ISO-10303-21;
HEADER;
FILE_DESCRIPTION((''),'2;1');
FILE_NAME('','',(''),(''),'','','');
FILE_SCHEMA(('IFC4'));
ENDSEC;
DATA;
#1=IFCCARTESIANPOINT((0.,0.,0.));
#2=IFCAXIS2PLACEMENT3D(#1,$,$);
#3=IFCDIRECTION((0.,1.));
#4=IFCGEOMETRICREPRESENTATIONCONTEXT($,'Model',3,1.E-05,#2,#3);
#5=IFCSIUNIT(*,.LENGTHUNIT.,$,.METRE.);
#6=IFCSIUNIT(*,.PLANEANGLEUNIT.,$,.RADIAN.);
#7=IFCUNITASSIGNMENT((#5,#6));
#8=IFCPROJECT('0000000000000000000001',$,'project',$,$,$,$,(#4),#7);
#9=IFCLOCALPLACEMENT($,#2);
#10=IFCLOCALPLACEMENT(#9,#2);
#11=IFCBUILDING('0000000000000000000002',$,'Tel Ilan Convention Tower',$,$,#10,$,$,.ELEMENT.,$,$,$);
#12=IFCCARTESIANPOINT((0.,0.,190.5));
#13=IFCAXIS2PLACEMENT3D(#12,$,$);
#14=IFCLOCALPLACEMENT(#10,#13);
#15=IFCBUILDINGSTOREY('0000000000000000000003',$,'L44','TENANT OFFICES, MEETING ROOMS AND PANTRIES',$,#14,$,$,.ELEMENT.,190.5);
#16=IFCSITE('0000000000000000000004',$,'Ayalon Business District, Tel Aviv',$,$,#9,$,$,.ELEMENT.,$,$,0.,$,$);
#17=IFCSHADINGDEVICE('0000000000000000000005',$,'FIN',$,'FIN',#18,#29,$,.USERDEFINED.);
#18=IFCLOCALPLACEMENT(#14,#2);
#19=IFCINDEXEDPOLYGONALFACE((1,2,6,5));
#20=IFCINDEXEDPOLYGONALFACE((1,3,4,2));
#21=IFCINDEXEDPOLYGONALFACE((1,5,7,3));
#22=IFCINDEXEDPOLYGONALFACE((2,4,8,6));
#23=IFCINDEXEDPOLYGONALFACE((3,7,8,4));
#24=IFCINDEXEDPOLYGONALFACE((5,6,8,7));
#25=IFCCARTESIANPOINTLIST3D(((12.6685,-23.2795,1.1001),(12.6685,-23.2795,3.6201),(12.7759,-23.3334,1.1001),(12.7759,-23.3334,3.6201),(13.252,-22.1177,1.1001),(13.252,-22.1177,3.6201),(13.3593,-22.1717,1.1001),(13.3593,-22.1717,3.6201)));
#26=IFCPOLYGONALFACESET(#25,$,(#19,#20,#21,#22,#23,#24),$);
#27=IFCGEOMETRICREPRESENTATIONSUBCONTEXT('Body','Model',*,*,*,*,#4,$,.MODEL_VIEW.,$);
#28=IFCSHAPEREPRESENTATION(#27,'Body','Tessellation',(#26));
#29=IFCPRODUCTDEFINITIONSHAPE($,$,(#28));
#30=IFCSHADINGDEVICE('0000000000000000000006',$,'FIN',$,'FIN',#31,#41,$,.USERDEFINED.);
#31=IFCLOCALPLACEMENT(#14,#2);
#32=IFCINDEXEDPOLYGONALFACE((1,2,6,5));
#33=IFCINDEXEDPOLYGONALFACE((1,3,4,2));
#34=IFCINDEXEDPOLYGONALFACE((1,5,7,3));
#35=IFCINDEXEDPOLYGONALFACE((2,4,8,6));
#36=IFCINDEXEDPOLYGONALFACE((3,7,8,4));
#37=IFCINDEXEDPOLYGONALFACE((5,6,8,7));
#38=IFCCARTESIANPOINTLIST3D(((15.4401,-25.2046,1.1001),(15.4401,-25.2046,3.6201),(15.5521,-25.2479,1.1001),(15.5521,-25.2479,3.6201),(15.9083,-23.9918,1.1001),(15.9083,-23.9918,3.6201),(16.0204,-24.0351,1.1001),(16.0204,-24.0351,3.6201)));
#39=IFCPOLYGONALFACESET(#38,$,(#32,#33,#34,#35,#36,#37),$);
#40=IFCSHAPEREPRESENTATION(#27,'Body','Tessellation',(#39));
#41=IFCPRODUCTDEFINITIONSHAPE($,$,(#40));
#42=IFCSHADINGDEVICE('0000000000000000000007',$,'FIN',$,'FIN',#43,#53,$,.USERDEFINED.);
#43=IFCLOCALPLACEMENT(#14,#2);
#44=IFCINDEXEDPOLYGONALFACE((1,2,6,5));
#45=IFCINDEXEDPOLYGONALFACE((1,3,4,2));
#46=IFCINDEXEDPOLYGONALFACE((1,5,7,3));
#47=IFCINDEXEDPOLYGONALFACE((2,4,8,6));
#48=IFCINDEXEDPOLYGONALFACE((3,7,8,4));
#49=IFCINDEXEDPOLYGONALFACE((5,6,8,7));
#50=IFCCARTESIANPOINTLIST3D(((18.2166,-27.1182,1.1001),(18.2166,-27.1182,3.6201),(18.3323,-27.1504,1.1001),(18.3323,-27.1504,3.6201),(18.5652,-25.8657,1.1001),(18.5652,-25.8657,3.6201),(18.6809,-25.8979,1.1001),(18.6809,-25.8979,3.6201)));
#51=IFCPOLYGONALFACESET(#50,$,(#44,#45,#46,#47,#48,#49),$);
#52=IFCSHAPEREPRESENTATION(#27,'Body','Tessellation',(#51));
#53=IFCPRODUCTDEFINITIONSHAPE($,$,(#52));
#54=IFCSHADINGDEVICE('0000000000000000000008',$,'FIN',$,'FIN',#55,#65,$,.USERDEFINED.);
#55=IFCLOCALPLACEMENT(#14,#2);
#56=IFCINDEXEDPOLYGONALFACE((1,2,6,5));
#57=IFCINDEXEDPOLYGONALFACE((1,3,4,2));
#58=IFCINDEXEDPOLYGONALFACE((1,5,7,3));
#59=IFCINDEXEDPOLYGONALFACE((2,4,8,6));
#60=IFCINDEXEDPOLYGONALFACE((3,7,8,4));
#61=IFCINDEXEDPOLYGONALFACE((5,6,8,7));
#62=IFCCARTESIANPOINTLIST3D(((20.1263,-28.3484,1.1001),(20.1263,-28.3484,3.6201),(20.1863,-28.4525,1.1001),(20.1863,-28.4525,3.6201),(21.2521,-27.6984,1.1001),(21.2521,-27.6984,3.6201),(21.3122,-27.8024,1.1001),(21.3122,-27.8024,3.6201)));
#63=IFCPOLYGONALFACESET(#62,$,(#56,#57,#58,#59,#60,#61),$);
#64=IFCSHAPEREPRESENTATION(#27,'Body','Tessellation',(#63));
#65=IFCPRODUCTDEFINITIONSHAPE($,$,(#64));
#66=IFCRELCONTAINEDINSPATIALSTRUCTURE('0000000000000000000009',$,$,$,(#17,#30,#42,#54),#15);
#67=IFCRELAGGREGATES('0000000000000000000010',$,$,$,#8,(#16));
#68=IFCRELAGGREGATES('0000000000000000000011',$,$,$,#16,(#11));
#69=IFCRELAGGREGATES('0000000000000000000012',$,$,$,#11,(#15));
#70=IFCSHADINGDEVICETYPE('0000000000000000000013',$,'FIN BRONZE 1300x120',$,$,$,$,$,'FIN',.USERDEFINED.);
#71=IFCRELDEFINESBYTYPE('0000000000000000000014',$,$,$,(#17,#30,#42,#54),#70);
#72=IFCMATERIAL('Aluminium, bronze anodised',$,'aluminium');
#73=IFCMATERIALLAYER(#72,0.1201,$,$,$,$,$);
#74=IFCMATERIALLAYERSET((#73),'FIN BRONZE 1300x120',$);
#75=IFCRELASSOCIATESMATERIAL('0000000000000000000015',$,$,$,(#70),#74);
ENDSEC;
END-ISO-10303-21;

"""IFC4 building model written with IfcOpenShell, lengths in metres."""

from ifc_helpers import new_model, si_unit, direction, frame, origin, origin_2d, place, context, subcontext, project, spatial, rectangle, extrude, material, layer, layer_set, type_object, element, save


model = new_model("IFC4")

# Units and contexts
model_context = context("Model", 3, precision=1e-05, world=origin(), true_north=direction((0.0, 1.0)))
body_context = subcontext(model_context, "Body", "Model", "MODEL_VIEW")
ifc_project = project(units=[si_unit("LENGTHUNIT", "METRE"), si_unit("PLANEANGLEUNIT", "RADIAN")], contexts=[model_context])

# Site, building, storey
site_placement = place(None, origin())
site = spatial("IfcSite", under=ifc_project, at=site_placement, Name="Ayalon Business District, Tel Aviv", CompositionType="ELEMENT", RefElevation=0.0)
building_placement = place(site_placement, origin())
building = spatial("IfcBuilding", under=site, at=building_placement, Name="Tel Ilan Convention Tower", CompositionType="ELEMENT")
storey_placement = place(building_placement, frame((0.0, 0.0, 190.5)))
storey = spatial("IfcBuildingStorey", under=building, at=storey_placement, Name="L44", Description="TENANT OFFICES, MEETING ROOMS AND PANTRIES", CompositionType="ELEMENT", Elevation=190.5)

# Shading devices
ifc_material_1 = material(Name="Aluminium, bronze anodised", Category="aluminium")
ifc_layer_1 = layer(ifc_material_1, 0.1201)
ifc_layer_set_1 = layer_set([ifc_layer_1], Name="FIN BRONZE 1300x120")
shading_device_type = type_object("IfcShadingDeviceType", Name="FIN BRONZE 1300x120", ElementType="FIN", PredefinedType="USERDEFINED", material=ifc_layer_set_1)
for number, where, z_axis, x_axis, name in (
    (1, (13.0139, -22.7256, 1.1001), (0.0, 0.0, 1.0), (-0.448799, -0.893633, 0.0), "FIN"),
    (2, (15.7302, -24.6199, 1.1001), (0.0, 0.0, 1.0), (-0.360178, -0.932884, 0.0), "FIN"),
    (3, (18.4487, -26.5081, 1.1001), (0.0, 0.0, 1.0), (-0.268173, -0.963371, 0.0), "FIN"),
    (4, (20.7192, -28.0754, 1.1001), (0.0, 0.0, 1.0), (-0.866025, -0.5, 0.0), "FIN"),
):
    element("IfcShadingDevice", number, at=place(storey_placement, frame(where, z_axis=z_axis, x_axis=x_axis)), inside=storey, type_object=shading_device_type, Name=name, ObjectType="FIN", PredefinedType="USERDEFINED", context=body_context, shape_type="SweptSolid", body=[
        extrude(rectangle(XDim=1.3, YDim=0.1201, at=origin_2d()), origin(), (0.0, 0.0, 1.0), 2.52),
    ])

save(model, "model.ifc")
